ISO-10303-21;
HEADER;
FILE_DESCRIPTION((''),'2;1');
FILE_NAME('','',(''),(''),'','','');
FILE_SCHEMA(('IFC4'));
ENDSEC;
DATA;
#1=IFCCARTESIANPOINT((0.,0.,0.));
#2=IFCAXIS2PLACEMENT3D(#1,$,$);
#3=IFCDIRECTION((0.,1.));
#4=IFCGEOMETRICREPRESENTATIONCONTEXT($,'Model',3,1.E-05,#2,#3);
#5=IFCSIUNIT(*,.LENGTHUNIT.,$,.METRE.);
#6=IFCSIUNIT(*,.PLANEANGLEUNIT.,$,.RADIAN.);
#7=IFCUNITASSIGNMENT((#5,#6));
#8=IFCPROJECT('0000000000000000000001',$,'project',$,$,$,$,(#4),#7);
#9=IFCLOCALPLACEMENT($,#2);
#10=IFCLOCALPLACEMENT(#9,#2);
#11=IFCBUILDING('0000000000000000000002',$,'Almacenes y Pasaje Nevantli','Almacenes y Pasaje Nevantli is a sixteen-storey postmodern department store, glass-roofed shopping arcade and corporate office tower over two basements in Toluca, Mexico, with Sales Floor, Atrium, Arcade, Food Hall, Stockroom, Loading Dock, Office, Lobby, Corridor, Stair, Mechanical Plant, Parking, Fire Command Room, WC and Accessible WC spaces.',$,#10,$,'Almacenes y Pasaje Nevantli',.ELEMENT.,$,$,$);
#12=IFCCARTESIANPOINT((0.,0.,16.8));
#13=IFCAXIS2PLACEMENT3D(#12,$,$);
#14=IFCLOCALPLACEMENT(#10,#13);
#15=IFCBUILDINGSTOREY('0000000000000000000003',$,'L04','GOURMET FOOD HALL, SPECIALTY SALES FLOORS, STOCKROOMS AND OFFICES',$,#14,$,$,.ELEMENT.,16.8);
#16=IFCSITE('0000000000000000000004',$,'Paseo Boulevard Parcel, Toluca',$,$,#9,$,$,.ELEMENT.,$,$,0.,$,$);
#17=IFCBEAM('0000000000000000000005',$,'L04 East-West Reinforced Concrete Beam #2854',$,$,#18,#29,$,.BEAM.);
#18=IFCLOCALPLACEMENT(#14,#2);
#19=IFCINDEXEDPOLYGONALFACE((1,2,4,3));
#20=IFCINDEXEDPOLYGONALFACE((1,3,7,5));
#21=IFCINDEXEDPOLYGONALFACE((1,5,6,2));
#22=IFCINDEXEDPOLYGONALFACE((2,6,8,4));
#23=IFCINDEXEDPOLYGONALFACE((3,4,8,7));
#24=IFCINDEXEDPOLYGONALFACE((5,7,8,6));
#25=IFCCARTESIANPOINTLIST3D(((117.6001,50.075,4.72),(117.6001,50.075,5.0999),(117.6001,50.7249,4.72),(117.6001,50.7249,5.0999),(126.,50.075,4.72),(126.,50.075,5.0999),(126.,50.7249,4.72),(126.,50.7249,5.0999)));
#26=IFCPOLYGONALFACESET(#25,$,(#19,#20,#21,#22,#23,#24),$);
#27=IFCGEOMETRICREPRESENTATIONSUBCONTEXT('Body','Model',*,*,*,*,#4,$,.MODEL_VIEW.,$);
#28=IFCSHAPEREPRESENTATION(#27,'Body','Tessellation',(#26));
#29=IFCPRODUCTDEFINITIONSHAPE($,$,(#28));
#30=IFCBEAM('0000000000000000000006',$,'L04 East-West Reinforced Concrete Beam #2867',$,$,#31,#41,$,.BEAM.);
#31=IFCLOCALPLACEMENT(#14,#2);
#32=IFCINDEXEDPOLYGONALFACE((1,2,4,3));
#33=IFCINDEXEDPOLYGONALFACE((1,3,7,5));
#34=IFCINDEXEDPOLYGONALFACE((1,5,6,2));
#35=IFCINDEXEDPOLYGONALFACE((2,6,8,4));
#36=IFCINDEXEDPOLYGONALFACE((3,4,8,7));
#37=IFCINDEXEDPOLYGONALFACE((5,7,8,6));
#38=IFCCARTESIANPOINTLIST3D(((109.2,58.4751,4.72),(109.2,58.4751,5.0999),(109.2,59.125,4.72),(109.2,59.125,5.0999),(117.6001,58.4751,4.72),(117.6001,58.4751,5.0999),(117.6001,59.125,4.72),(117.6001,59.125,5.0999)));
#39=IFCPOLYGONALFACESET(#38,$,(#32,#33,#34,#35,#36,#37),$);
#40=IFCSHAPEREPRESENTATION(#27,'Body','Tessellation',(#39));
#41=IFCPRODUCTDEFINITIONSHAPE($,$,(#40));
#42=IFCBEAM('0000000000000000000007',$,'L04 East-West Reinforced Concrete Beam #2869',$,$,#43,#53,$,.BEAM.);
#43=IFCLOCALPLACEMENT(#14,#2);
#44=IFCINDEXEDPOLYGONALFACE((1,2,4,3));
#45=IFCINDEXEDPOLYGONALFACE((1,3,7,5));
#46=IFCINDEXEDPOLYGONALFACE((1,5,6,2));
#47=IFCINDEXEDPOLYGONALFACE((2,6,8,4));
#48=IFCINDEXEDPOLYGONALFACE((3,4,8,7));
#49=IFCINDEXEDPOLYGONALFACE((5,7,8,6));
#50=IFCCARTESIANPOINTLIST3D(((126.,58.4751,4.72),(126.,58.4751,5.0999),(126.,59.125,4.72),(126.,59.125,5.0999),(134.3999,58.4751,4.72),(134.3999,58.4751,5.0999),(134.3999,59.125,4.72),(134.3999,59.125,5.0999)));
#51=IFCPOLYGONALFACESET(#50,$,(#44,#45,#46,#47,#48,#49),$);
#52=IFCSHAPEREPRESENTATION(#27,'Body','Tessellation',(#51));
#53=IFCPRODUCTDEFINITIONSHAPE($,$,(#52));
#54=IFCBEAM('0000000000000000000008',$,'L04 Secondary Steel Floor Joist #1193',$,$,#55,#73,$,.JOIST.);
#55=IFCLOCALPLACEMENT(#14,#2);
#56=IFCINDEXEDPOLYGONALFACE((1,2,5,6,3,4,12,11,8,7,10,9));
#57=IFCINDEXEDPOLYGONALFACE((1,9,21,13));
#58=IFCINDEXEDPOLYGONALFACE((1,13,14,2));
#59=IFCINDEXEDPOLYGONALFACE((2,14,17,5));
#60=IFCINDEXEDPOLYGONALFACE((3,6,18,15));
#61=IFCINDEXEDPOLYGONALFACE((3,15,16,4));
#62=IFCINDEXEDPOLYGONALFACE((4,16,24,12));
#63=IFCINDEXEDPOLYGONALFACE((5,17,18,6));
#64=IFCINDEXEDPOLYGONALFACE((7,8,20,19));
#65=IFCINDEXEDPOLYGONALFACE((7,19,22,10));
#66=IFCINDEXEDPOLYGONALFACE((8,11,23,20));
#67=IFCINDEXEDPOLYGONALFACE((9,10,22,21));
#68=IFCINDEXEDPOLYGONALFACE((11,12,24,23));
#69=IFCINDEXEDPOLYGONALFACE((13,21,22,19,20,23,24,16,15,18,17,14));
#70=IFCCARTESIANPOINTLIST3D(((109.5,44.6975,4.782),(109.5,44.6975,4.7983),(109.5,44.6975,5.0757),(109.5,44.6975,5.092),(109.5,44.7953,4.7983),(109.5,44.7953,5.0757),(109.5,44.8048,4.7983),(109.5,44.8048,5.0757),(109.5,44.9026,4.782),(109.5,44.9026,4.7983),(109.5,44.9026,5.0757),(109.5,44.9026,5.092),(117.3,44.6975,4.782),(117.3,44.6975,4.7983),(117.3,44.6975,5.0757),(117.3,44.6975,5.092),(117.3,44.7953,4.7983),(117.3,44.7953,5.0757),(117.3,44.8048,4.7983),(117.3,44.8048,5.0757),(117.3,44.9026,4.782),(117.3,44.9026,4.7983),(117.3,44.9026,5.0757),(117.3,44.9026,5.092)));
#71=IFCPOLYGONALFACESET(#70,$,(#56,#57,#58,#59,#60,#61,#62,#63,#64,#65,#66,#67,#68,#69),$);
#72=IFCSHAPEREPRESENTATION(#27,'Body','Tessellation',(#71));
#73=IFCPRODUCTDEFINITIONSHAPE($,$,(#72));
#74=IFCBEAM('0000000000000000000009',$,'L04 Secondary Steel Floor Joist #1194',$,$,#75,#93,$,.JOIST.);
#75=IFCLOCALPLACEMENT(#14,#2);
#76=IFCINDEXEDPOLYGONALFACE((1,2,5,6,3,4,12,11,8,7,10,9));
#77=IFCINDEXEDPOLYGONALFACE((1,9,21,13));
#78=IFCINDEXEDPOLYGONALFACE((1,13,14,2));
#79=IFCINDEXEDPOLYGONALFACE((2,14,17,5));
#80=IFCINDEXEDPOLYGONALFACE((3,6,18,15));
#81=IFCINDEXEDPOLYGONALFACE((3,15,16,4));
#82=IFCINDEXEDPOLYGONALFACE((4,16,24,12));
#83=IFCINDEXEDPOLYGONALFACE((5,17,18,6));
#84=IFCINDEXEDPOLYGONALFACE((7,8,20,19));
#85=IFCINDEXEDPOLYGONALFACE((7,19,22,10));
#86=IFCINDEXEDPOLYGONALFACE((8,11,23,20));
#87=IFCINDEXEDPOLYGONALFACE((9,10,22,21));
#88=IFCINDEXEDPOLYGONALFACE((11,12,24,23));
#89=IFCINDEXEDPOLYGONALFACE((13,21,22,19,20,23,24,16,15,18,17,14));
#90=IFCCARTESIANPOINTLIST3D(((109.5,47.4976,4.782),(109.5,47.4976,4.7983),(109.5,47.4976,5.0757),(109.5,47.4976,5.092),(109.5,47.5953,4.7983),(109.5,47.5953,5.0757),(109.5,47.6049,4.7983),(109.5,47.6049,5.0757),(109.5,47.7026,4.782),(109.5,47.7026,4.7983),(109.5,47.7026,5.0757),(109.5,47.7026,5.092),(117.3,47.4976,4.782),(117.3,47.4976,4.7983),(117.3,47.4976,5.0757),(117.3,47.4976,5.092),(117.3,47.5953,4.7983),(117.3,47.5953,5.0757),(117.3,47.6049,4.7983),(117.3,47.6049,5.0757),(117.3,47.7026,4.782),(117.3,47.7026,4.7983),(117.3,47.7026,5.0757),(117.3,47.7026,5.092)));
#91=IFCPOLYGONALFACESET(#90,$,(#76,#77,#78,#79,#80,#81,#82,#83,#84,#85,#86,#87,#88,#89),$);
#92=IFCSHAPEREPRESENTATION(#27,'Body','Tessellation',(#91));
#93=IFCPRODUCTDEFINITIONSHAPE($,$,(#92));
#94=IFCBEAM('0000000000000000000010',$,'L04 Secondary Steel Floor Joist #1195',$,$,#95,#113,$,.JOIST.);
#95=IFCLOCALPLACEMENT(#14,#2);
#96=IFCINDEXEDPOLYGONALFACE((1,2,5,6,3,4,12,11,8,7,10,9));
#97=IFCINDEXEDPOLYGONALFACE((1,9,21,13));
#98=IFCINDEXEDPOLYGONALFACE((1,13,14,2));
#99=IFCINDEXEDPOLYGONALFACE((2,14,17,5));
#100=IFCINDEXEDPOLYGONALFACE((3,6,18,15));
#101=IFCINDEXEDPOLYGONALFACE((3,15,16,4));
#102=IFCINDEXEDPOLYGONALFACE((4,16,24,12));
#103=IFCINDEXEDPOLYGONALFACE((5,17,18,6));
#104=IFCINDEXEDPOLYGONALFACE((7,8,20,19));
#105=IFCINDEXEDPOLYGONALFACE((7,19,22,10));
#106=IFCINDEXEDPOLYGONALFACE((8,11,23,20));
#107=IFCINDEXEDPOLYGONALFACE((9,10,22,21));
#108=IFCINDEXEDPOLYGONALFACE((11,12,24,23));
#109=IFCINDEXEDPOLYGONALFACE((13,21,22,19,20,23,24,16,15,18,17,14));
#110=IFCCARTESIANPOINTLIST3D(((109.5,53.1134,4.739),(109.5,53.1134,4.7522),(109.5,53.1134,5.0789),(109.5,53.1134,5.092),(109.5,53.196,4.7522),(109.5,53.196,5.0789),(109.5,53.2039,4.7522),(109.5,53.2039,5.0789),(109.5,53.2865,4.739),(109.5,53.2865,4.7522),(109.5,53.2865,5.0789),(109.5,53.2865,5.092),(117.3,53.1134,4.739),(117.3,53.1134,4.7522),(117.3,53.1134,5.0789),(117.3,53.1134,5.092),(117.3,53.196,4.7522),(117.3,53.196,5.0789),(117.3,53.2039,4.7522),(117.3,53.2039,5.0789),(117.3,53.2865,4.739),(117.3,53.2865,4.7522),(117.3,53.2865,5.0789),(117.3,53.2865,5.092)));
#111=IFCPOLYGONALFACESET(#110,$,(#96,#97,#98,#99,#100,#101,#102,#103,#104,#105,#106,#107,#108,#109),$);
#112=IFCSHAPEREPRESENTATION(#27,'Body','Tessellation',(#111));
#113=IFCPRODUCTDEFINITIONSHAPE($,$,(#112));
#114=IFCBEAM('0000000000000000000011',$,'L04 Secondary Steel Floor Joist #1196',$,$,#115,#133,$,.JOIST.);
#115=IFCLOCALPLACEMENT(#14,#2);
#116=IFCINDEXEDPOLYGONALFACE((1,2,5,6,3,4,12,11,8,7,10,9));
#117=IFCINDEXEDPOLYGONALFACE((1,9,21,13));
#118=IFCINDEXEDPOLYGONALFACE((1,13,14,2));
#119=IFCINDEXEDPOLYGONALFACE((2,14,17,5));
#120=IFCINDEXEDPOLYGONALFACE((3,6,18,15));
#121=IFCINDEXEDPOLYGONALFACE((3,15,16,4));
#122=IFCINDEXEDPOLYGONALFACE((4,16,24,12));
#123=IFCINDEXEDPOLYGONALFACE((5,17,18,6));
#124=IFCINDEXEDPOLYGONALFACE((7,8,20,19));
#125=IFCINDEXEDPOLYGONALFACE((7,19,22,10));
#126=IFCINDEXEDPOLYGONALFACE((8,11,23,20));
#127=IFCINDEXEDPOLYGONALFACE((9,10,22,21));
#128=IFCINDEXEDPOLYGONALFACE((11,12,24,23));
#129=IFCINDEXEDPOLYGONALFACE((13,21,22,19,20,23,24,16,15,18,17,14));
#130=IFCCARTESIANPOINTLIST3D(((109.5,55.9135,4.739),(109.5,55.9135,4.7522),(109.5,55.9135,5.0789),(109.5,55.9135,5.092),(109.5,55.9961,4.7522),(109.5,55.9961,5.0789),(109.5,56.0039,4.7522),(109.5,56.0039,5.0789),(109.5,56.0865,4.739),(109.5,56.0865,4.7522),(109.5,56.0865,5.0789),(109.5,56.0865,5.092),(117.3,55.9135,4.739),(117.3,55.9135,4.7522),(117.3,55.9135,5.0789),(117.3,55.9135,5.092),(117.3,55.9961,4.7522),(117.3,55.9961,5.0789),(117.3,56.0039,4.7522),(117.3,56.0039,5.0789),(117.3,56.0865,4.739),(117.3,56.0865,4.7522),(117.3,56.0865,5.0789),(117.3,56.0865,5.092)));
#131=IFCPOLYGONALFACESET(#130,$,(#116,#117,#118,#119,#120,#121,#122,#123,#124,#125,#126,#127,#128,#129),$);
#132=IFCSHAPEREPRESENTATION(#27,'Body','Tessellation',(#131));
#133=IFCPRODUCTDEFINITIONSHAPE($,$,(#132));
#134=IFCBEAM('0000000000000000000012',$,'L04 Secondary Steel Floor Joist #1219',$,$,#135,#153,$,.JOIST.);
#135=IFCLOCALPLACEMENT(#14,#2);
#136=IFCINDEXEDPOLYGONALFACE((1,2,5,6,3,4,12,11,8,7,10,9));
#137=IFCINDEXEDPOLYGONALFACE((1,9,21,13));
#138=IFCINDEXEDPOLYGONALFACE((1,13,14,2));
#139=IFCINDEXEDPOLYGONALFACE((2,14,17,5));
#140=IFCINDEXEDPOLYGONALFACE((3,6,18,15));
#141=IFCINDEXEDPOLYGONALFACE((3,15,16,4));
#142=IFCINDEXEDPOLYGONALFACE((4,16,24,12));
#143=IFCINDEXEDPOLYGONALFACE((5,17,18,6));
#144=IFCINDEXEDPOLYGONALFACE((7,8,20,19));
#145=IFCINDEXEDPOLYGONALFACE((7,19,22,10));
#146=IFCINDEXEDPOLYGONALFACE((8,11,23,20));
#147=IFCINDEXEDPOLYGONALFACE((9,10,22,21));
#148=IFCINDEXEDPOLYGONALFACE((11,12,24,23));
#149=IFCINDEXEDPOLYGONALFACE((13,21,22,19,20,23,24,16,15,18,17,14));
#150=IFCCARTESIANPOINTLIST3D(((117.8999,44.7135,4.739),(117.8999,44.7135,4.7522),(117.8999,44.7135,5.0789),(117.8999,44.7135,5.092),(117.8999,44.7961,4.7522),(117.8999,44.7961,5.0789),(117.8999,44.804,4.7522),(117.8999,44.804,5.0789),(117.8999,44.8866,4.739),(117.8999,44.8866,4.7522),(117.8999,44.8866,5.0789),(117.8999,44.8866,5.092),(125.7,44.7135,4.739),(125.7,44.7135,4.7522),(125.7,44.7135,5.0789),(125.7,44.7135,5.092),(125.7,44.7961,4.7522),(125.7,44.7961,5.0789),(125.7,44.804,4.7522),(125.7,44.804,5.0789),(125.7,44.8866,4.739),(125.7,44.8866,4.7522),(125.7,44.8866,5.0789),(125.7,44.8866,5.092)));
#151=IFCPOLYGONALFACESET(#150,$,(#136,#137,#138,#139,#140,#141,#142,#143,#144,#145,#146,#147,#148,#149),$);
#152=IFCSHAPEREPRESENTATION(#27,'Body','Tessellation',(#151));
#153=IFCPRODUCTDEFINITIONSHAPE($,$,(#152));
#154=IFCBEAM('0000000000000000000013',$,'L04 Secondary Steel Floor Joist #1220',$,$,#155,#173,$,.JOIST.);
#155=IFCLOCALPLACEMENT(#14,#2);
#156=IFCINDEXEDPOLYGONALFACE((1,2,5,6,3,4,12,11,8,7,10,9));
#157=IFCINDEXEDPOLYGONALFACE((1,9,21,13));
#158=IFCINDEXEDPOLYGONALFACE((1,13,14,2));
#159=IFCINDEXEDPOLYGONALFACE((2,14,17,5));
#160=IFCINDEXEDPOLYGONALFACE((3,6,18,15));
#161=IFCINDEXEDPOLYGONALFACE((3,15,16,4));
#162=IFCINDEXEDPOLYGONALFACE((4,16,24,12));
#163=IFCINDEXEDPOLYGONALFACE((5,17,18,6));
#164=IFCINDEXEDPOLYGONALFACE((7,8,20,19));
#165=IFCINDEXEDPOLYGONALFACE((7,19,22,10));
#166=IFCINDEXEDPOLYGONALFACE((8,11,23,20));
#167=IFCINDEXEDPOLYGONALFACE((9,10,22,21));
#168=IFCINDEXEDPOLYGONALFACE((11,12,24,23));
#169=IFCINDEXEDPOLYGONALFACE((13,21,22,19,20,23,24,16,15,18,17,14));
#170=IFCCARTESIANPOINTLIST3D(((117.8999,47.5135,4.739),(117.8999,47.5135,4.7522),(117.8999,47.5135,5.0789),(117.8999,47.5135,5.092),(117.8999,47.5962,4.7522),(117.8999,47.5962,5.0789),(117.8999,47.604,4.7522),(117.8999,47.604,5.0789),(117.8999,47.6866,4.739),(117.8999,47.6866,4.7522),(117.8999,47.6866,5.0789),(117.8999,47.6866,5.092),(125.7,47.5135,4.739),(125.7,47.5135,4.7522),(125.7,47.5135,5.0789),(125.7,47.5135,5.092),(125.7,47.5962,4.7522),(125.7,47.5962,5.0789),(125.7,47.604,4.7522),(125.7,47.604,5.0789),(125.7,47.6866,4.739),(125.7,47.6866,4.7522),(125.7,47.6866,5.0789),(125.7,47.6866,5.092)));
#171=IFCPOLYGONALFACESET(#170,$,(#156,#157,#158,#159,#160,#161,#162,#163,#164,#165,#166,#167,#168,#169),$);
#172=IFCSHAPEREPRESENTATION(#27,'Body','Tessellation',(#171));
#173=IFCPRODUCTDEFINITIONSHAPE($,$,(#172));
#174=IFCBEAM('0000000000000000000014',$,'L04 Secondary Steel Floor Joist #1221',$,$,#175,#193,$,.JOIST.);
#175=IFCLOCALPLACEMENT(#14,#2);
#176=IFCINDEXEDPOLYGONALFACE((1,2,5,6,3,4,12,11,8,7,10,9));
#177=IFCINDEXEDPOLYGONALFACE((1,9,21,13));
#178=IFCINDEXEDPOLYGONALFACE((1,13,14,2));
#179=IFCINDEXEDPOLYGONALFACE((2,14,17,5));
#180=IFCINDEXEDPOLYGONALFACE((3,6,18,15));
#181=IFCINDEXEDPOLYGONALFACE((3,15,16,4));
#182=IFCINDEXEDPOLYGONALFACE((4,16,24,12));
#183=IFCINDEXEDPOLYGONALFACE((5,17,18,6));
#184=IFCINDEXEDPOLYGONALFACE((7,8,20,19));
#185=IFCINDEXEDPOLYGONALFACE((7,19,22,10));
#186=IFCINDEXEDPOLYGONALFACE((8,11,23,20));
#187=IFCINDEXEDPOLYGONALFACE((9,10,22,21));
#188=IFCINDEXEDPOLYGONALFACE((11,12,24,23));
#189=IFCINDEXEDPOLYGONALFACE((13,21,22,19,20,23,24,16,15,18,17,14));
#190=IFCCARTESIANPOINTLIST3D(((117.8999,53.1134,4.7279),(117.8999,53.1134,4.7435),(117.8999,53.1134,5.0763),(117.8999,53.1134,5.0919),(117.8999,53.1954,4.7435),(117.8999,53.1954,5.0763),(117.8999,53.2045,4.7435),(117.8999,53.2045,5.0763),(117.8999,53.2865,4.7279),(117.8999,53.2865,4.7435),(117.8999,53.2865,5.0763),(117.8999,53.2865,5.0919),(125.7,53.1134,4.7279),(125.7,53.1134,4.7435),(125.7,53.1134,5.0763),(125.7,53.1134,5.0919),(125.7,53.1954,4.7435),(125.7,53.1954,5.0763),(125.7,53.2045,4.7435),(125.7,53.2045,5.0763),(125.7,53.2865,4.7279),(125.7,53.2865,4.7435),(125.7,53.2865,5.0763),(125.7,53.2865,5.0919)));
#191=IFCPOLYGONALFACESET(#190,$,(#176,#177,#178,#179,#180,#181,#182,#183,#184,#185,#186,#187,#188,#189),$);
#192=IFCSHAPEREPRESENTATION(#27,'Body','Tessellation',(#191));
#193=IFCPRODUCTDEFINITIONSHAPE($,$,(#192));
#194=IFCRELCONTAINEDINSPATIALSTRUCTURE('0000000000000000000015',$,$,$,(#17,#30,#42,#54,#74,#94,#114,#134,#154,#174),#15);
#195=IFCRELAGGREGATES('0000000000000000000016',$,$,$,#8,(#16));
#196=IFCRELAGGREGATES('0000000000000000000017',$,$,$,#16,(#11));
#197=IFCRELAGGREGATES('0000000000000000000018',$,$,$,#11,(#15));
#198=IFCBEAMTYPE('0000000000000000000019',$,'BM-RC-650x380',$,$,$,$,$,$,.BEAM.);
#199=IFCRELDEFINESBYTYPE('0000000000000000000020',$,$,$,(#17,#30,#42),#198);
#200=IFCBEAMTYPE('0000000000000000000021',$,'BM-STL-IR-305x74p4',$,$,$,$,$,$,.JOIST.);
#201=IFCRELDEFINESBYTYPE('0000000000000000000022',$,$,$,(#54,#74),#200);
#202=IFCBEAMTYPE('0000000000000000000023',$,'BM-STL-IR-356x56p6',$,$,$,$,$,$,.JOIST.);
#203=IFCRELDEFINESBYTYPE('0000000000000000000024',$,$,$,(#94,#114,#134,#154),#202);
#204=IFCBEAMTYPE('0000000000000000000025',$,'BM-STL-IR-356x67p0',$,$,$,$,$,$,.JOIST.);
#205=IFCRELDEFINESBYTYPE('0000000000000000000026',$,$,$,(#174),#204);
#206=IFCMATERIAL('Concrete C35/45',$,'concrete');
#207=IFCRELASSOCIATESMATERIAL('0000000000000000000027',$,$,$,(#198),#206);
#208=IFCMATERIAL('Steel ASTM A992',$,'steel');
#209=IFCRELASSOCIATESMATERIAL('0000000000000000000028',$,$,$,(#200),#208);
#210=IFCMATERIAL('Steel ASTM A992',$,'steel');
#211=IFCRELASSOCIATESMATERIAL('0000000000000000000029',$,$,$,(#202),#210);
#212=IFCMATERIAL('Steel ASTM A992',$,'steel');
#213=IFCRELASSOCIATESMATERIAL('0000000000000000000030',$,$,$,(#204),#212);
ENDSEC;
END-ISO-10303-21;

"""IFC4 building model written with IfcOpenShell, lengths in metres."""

from ifc_helpers import new_model, si_unit, direction, frame, origin, origin_2d, place, context, subcontext, project, spatial, rectangle, i_section, extrude, material, material_profile, profile_set, type_object, element, save


model = new_model("IFC4")

# Units and contexts
model_context = context("Model", 3, precision=1e-05, world=origin(), true_north=direction((0.0, 1.0)))
body_context = subcontext(model_context, "Body", "Model", "MODEL_VIEW")
ifc_project = project(units=[si_unit("LENGTHUNIT", "METRE"), si_unit("PLANEANGLEUNIT", "RADIAN")], contexts=[model_context])

# Site, building, storey
site_placement = place(None, origin())
site = spatial("IfcSite", under=ifc_project, at=site_placement, Name="Paseo Boulevard Parcel, Toluca", CompositionType="ELEMENT", RefElevation=0.0)
building_placement = place(site_placement, origin())
building = spatial("IfcBuilding", under=site, at=building_placement, Name="Almacenes y Pasaje Nevantli", Description="Almacenes y Pasaje Nevantli is a sixteen-storey postmodern department store, glass-roofed shopping arcade and corporate office tower over two basements in Toluca, Mexico, with Sales Floor, Atrium, Arcade, Food Hall, Stockroom, Loading Dock, Office, Lobby, Corridor, Stair, Mechanical Plant, Parking, Fire Command Room, WC and Accessible WC spaces.", LongName="Almacenes y Pasaje Nevantli", CompositionType="ELEMENT")
storey_placement = place(building_placement, frame((0.0, 0.0, 16.8)))
storey = spatial("IfcBuildingStorey", under=building, at=storey_placement, Name="L04", Description="GOURMET FOOD HALL, SPECIALTY SALES FLOORS, STOCKROOMS AND OFFICES", CompositionType="ELEMENT", Elevation=16.8)

# Beams
ifc_material_1 = material(Name="Concrete C35/45", Category="concrete")
ifc_material_profile_1 = material_profile(ifc_material_1, rectangle(XDim=0.6499, YDim=0.3799, at=origin_2d()), Name="RC-BM-650x380")
ifc_profile_set_1 = profile_set([ifc_material_profile_1], Name="Concrete C35/45")
beam_type_1 = type_object("IfcBeamType", Name="BM-RC-650x380", PredefinedType="BEAM", material=ifc_profile_set_1)
beam_1_placement = place(storey_placement, frame((117.6001, 50.3999, 4.9099), z_axis=(1.0, 0.0, 0.0), x_axis=(0.0, 1.0, 0.0)))
element("IfcBeam", 1, at=beam_1_placement, inside=storey, type_object=beam_type_1, Name="L04 East-West Reinforced Concrete Beam #2854", PredefinedType="BEAM", context=body_context, shape_type="SweptSolid", body=[
    extrude(rectangle(XDim=0.6499, YDim=0.3799, at=origin_2d()), origin(), (0.0, 0.0, 1.0), 8.3999),
])
beam_2_placement = place(storey_placement, frame((109.2, 58.8, 4.9099), z_axis=(1.0, 0.0, 0.0), x_axis=(0.0, 1.0, 0.0)))
element("IfcBeam", 2, at=beam_2_placement, inside=storey, type_object=beam_type_1, Name="L04 East-West Reinforced Concrete Beam #2867", PredefinedType="BEAM", context=body_context, shape_type="SweptSolid", body=[
    extrude(rectangle(XDim=0.6499, YDim=0.3799, at=origin_2d()), origin(), (0.0, 0.0, 1.0), 8.4001),
])
beam_3_placement = place(storey_placement, frame((126.0, 58.8, 4.9099), z_axis=(1.0, 0.0, 0.0), x_axis=(0.0, 1.0, 0.0)))
element("IfcBeam", 3, at=beam_3_placement, inside=storey, type_object=beam_type_1, Name="L04 East-West Reinforced Concrete Beam #2869", PredefinedType="BEAM", context=body_context, shape_type="SweptSolid", body=[
    extrude(rectangle(XDim=0.6499, YDim=0.3799, at=origin_2d()), origin(), (0.0, 0.0, 1.0), 8.3999),
])
ifc_material_2 = material(Name="Steel ASTM A992", Category="steel")
ifc_material_profile_2 = material_profile(ifc_material_2, i_section(OverallWidth=0.2051, OverallDepth=0.3101, WebThickness=0.0095, FlangeThickness=0.0164, at=origin_2d()), Name="IR 305x74.4")
ifc_profile_set_2 = profile_set([ifc_material_profile_2], Name="Steel ASTM A992")
beam_type_2 = type_object("IfcBeamType", Name="BM-STL-IR-305x74p4", PredefinedType="JOIST", material=ifc_profile_set_2)
for number, where, z_axis, x_axis, name in (
    (4, (109.5, 44.8, 4.937), (1.0, 0.0, 0.0), (0.0, 1.0, 0.0), "L04 Secondary Steel Floor Joist #1193"),
    (5, (109.5, 47.6001, 4.937), (1.0, 0.0, 0.0), (0.0, 1.0, 0.0), "L04 Secondary Steel Floor Joist #1194"),
):
    element("IfcBeam", number, at=place(storey_placement, frame(where, z_axis=z_axis, x_axis=x_axis)), inside=storey, type_object=beam_type_2, Name=name, PredefinedType="JOIST", context=body_context, shape_type="SweptSolid", body=[
        extrude(i_section(OverallWidth=0.2051, OverallDepth=0.3101, WebThickness=0.0095, FlangeThickness=0.0164, at=origin_2d()), origin(), (0.0, 0.0, 1.0), 7.8),
    ])
ifc_material_3 = material(Name="Steel ASTM A992", Category="steel")
ifc_material_profile_3 = material_profile(ifc_material_3, i_section(OverallWidth=0.1731, OverallDepth=0.353, WebThickness=0.0078, FlangeThickness=0.0132, at=origin_2d()), Name="IR 356x56.6")
ifc_profile_set_3 = profile_set([ifc_material_profile_3], Name="Steel ASTM A992")
beam_type_3 = type_object("IfcBeamType", Name="BM-STL-IR-356x56p6", PredefinedType="JOIST", material=ifc_profile_set_3)
for number, where, z_axis, x_axis, name in (
    (6, (109.5, 53.2, 4.9155), (1.0, 0.0, 0.0), (0.0, 1.0, 0.0), "L04 Secondary Steel Floor Joist #1195"),
    (7, (109.5, 56.0, 4.9155), (1.0, 0.0, 0.0), (0.0, 1.0, 0.0), "L04 Secondary Steel Floor Joist #1196"),
    (8, (117.8999, 44.8, 4.9155), (1.0, 0.0, 0.0), (0.0, 1.0, 0.0), "L04 Secondary Steel Floor Joist #1219"),
    (9, (117.8999, 47.6001, 4.9155), (1.0, 0.0, 0.0), (0.0, 1.0, 0.0), "L04 Secondary Steel Floor Joist #1220"),
):
    element("IfcBeam", number, at=place(storey_placement, frame(where, z_axis=z_axis, x_axis=x_axis)), inside=storey, type_object=beam_type_3, Name=name, PredefinedType="JOIST", context=body_context, shape_type="SweptSolid", body=[
        extrude(i_section(OverallWidth=0.1731, OverallDepth=0.353, WebThickness=0.0078, FlangeThickness=0.0132, at=origin_2d()), origin(), (0.0, 0.0, 1.0), 7.8),
    ])
ifc_material_4 = material(Name="Steel ASTM A992", Category="steel")
ifc_material_profile_4 = material_profile(ifc_material_4, i_section(OverallWidth=0.1731, OverallDepth=0.364, WebThickness=0.009, FlangeThickness=0.0156, at=origin_2d()), Name="IR 356x67.0")
ifc_profile_set_4 = profile_set([ifc_material_profile_4], Name="Steel ASTM A992")
beam_type_4 = type_object("IfcBeamType", Name="BM-STL-IR-356x67p0", PredefinedType="JOIST", material=ifc_profile_set_4)
for number, where, z_axis, x_axis, name in (
    (10, (117.8999, 53.2, 4.9099), (1.0, 0.0, 0.0), (0.0, 1.0, 0.0), "L04 Secondary Steel Floor Joist #1221"),
):
    element("IfcBeam", number, at=place(storey_placement, frame(where, z_axis=z_axis, x_axis=x_axis)), inside=storey, type_object=beam_type_4, Name=name, PredefinedType="JOIST", context=body_context, shape_type="SweptSolid", body=[
        extrude(i_section(OverallWidth=0.1731, OverallDepth=0.364, WebThickness=0.009, FlangeThickness=0.0156, at=origin_2d()), origin(), (0.0, 0.0, 1.0), 7.8),
    ])

save(model, "model.ifc")
